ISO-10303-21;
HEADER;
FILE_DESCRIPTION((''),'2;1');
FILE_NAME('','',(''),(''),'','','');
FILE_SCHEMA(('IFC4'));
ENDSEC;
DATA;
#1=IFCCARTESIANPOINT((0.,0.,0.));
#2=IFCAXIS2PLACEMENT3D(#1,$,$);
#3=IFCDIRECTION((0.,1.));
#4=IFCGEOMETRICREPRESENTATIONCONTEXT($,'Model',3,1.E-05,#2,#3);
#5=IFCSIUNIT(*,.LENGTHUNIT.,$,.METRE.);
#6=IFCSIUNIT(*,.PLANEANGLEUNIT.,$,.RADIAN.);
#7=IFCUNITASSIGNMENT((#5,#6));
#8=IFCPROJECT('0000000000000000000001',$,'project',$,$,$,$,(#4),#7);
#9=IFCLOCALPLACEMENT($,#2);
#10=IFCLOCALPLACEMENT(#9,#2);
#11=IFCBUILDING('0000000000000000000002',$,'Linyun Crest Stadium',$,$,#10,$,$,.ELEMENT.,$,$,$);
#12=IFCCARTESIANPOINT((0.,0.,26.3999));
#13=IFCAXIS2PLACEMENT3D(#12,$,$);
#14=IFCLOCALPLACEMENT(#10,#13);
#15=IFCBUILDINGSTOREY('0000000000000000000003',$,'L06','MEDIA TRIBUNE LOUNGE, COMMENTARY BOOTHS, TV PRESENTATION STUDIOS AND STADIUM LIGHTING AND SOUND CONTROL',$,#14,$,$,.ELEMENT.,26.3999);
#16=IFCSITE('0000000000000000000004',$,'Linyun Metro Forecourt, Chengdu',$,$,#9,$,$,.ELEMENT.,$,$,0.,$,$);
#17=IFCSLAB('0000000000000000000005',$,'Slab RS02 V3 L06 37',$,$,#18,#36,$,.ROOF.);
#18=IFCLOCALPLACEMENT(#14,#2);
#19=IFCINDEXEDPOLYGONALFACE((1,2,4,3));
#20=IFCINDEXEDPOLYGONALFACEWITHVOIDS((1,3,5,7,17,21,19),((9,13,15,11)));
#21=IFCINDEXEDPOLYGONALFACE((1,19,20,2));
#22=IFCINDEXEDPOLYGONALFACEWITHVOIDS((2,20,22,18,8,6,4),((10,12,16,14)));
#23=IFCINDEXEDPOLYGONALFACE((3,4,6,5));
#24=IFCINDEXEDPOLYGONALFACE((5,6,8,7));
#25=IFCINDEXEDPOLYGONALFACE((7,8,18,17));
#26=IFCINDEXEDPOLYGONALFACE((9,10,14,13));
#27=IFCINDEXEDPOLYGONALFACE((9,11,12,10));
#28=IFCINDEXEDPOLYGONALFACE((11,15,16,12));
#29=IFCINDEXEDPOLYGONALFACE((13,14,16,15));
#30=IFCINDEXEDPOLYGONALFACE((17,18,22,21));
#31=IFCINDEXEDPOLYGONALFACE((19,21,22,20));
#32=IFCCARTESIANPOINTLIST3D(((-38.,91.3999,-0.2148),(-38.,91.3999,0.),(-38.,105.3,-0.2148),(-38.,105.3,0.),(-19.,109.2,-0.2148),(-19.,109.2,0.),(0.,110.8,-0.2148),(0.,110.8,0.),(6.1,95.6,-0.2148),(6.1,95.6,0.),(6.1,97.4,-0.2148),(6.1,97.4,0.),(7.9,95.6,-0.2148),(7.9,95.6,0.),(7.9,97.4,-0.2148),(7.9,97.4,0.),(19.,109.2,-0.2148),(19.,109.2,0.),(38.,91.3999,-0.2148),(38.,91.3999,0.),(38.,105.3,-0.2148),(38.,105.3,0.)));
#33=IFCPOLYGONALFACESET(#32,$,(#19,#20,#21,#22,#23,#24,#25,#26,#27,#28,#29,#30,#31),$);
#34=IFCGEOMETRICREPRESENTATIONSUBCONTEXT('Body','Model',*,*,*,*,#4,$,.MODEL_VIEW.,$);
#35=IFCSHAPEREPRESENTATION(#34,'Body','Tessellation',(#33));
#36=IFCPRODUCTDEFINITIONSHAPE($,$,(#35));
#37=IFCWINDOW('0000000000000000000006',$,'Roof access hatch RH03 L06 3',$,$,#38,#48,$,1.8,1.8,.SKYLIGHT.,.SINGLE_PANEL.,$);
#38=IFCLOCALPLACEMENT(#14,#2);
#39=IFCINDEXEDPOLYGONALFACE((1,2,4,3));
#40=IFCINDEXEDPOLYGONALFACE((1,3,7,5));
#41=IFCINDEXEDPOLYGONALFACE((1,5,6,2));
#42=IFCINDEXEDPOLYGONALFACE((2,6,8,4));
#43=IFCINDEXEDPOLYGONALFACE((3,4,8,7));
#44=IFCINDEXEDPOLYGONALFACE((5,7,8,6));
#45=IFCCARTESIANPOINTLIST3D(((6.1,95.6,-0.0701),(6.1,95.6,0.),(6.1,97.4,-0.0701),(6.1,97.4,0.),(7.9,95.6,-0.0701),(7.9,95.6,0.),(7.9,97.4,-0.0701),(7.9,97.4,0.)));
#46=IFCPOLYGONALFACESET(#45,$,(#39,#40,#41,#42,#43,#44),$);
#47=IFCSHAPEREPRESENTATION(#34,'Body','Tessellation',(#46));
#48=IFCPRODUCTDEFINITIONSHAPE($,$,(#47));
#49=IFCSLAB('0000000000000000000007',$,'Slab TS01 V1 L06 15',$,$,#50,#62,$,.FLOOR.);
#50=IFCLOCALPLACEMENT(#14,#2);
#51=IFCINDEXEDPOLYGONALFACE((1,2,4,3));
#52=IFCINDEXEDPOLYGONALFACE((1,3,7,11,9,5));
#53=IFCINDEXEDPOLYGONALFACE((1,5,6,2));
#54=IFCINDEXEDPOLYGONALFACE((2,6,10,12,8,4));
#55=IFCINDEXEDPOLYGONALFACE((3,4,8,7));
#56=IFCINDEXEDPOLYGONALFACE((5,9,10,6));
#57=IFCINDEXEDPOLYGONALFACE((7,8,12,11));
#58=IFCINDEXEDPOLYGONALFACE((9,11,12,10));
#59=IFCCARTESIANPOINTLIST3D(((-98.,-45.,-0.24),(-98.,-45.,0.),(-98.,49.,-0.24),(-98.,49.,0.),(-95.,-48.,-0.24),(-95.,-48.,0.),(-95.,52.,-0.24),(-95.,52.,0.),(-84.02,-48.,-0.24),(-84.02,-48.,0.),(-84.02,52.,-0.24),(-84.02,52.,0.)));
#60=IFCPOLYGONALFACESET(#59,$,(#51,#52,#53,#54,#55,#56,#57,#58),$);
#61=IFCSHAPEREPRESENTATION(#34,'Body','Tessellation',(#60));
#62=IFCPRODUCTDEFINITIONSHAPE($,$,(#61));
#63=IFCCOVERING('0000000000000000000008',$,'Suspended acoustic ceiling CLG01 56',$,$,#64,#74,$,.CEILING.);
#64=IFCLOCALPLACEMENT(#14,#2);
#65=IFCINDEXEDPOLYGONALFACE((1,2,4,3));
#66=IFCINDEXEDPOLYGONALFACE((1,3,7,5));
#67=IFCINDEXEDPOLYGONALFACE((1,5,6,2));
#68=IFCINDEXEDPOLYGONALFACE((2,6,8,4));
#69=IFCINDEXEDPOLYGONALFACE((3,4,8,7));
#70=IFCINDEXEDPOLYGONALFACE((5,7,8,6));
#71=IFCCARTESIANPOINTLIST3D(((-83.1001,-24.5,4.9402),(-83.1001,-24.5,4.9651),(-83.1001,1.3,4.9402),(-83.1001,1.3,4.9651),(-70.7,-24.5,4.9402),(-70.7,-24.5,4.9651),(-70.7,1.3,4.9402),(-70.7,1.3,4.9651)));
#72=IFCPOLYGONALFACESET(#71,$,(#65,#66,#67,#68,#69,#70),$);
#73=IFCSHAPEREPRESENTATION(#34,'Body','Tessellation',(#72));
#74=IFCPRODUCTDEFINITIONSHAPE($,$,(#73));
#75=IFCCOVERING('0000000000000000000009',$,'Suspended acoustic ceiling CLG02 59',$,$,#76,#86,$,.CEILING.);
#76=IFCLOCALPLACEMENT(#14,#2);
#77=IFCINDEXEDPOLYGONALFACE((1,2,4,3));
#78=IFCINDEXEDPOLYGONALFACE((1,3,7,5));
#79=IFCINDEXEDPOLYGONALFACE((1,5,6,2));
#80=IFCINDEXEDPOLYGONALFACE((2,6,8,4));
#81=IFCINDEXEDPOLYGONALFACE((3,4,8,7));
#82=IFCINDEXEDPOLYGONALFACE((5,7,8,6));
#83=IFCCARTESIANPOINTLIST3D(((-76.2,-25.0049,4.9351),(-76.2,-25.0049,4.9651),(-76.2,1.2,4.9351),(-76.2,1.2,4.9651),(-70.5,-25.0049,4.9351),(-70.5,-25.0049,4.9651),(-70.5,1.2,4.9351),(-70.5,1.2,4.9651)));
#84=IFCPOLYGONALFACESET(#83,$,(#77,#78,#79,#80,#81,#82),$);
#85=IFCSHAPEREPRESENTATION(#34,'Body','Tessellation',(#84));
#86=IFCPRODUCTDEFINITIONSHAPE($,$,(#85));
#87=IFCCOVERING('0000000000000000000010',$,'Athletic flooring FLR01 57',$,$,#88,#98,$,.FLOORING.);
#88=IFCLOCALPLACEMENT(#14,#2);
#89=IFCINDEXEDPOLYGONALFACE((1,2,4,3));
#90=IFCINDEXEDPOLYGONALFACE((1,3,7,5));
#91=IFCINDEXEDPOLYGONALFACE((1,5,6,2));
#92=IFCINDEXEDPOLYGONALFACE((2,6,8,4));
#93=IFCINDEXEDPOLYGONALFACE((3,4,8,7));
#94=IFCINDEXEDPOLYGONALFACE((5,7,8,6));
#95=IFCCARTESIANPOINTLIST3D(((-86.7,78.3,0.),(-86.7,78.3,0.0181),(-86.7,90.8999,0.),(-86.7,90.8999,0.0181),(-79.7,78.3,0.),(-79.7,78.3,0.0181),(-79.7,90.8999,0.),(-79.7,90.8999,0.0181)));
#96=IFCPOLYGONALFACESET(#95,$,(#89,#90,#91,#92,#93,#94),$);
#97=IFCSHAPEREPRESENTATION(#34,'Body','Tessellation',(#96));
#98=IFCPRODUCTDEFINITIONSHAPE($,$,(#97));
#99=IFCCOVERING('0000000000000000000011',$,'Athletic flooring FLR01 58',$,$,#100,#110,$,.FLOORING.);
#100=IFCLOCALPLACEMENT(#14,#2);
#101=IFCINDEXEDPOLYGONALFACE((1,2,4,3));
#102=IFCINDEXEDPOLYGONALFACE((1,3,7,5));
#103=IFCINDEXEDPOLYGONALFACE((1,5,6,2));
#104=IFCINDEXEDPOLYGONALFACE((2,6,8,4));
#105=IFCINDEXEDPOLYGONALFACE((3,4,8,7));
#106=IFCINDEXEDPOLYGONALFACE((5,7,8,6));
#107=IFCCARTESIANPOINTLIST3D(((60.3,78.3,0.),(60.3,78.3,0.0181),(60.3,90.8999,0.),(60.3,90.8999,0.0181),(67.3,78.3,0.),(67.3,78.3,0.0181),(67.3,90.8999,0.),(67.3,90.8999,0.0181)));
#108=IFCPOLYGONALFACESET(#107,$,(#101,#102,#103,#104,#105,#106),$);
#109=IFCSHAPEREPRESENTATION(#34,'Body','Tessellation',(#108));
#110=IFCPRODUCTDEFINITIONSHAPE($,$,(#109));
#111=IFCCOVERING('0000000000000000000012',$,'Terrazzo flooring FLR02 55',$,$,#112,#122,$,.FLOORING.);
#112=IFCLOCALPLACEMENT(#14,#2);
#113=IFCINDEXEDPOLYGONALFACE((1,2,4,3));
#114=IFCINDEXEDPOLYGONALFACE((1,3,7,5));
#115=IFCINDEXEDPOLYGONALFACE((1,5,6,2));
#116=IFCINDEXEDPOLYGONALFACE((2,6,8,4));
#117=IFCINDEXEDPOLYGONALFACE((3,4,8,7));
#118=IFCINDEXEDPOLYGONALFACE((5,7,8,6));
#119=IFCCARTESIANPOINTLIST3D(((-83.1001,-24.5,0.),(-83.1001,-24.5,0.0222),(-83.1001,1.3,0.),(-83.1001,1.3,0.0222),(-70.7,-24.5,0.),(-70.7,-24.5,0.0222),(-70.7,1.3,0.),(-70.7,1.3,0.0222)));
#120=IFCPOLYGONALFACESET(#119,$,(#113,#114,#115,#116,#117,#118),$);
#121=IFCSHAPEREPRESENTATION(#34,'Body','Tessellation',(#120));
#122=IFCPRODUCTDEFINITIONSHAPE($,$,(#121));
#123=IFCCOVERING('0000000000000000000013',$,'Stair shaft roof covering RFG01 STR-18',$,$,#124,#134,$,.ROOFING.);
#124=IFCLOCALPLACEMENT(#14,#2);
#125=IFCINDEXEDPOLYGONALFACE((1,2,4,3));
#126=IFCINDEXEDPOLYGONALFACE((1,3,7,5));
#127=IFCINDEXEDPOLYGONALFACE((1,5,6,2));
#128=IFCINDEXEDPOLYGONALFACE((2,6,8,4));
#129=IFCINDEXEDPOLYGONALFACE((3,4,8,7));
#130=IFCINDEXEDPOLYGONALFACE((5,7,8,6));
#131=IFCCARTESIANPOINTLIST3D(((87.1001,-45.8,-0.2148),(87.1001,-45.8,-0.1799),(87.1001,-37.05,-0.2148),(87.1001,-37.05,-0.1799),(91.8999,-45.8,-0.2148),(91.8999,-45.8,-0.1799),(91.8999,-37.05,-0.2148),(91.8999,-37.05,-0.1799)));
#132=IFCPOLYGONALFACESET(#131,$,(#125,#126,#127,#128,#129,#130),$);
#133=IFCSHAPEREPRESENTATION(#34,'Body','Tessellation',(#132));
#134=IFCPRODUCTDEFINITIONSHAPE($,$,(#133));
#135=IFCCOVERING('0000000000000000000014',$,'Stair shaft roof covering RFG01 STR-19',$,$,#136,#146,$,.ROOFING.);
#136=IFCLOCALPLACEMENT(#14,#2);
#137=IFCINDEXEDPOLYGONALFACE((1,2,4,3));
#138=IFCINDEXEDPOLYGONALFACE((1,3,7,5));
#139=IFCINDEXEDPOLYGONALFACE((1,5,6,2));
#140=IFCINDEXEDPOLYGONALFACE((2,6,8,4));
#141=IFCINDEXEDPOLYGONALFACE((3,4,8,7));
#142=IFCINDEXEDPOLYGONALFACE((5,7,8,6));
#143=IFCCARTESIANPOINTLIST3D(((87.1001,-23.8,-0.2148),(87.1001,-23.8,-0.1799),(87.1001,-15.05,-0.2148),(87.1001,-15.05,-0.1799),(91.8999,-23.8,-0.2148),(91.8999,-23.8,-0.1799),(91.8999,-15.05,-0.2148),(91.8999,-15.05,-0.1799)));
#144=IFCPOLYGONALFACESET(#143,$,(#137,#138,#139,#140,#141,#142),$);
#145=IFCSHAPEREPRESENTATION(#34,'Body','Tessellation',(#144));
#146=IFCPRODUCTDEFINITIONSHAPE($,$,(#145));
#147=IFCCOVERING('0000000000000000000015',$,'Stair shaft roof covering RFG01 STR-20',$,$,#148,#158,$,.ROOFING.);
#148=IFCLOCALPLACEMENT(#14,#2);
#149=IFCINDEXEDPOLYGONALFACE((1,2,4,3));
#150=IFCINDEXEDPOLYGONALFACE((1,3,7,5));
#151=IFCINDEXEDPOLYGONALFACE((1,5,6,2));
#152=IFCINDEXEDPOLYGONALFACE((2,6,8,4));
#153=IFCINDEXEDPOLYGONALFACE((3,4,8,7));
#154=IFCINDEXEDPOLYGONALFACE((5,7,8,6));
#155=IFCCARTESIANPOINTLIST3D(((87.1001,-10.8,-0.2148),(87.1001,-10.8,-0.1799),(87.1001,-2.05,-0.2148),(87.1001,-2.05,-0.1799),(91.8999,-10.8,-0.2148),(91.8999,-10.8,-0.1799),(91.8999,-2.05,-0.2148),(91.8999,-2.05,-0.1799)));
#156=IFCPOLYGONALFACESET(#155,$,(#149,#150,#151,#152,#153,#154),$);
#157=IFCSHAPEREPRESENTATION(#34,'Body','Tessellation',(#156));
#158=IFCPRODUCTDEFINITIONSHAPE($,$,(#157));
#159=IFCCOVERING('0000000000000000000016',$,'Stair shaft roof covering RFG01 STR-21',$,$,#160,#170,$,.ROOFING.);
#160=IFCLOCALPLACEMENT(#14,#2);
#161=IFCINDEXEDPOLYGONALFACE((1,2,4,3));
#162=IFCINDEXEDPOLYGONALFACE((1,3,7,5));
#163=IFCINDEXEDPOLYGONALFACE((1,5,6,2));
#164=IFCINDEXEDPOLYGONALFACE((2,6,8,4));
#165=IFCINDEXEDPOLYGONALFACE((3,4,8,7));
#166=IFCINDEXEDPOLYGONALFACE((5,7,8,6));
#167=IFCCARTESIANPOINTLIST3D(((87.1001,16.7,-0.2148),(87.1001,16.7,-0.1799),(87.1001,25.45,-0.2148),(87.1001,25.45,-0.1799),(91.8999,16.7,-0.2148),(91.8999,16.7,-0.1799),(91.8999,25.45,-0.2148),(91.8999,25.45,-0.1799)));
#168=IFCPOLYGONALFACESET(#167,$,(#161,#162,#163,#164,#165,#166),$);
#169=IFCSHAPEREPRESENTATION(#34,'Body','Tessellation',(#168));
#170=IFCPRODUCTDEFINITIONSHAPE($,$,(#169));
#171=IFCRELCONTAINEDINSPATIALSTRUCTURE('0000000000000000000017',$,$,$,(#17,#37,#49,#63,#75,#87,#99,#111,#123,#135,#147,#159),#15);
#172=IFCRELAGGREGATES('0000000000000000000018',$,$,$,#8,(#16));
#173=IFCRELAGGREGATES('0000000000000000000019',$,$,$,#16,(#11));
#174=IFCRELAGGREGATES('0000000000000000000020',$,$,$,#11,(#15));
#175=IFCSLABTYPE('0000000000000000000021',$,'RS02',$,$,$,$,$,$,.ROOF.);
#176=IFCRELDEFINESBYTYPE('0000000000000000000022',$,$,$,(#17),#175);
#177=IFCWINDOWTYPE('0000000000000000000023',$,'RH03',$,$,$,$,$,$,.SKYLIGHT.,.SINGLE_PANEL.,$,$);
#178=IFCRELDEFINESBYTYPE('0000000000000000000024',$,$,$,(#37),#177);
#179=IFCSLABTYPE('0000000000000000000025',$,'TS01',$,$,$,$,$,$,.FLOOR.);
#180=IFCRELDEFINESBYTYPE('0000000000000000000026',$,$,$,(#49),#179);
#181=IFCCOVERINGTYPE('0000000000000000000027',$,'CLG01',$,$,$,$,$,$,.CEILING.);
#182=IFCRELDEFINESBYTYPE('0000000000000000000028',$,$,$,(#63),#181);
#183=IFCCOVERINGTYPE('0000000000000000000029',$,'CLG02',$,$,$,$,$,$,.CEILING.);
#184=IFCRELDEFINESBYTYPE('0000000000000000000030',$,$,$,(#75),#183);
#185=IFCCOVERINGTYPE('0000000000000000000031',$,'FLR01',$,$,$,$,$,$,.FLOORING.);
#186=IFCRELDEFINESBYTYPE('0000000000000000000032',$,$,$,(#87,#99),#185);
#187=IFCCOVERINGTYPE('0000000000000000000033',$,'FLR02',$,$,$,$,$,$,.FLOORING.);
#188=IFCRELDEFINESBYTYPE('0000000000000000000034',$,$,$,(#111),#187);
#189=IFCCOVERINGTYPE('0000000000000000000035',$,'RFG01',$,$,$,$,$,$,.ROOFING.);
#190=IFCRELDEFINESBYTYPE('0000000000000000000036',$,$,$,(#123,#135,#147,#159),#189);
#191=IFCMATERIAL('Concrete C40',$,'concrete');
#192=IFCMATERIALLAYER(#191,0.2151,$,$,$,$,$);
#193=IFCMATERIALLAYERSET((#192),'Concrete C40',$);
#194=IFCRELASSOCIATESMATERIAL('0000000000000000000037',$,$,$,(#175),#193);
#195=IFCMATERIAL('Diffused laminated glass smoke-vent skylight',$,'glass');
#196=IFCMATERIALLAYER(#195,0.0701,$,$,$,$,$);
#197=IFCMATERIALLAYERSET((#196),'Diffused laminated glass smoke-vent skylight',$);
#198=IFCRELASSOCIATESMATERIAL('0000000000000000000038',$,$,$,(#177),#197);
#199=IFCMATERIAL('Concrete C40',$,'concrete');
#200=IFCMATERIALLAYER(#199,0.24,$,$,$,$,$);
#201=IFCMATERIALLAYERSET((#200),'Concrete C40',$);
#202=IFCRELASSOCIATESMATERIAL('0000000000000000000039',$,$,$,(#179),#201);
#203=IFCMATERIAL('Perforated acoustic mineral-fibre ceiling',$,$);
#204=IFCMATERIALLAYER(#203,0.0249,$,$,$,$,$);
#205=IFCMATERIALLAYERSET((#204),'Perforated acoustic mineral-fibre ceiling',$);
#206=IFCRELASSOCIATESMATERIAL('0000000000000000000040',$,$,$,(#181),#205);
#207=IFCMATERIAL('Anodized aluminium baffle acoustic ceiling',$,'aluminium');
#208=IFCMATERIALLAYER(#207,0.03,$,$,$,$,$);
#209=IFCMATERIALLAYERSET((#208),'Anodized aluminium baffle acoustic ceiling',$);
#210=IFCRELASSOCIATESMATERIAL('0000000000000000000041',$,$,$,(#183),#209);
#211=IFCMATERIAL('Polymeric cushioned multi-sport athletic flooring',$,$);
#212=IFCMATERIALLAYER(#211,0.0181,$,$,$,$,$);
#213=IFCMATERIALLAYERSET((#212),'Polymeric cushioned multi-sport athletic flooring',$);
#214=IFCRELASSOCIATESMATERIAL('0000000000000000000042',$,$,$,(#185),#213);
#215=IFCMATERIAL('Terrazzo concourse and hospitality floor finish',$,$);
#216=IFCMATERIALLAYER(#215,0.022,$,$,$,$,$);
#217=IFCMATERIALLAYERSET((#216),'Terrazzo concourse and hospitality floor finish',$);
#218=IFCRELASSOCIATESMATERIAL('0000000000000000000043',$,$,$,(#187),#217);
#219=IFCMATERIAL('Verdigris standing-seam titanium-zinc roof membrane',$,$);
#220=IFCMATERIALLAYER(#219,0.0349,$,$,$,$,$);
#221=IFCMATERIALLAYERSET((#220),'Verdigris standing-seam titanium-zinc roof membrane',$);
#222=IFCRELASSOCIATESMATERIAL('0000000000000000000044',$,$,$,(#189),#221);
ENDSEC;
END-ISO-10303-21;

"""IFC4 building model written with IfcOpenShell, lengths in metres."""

from ifc_helpers import new_model, si_unit, direction, frame, origin, origin_2d, place, context, subcontext, project, spatial, polyline, rectangle, outline, extrude, material, layer, layer_set, type_object, element, fill, save


model = new_model("IFC4")

# Units and contexts
model_context = context("Model", 3, precision=1e-05, world=origin(), true_north=direction((0.0, 1.0)))
body_context = subcontext(model_context, "Body", "Model", "MODEL_VIEW")
ifc_project = project(units=[si_unit("LENGTHUNIT", "METRE"), si_unit("PLANEANGLEUNIT", "RADIAN")], contexts=[model_context])

# Site, building, storey
site_placement = place(None, origin())
site = spatial("IfcSite", under=ifc_project, at=site_placement, Name="Linyun Metro Forecourt, Chengdu", CompositionType="ELEMENT", RefElevation=0.0)
building_placement = place(site_placement, origin())
building = spatial("IfcBuilding", under=site, at=building_placement, Name="Linyun Crest Stadium", CompositionType="ELEMENT")
storey_placement = place(building_placement, frame((0.0, 0.0, 26.3999)))
storey = spatial("IfcBuildingStorey", under=building, at=storey_placement, Name="L06", Description="MEDIA TRIBUNE LOUNGE, COMMENTARY BOOTHS, TV PRESENTATION STUDIOS AND STADIUM LIGHTING AND SOUND CONTROL", CompositionType="ELEMENT", Elevation=26.3999)

# Slab, opening, window
ifc_material_1 = material(Name="Concrete C40", Category="concrete")
ifc_layer_1 = layer(ifc_material_1, 0.2151)
ifc_layer_set_1 = layer_set([ifc_layer_1], Name="Concrete C40")
slab_type_1 = type_object("IfcSlabType", Name="RS02", PredefinedType="ROOF", material=ifc_layer_set_1)
slab_1_placement = place(storey_placement, frame((0.0, 0.0, -0.2148)))
slab_1 = element("IfcSlab", 1, at=slab_1_placement, inside=storey, type_object=slab_type_1, Name="Slab RS02 V3 L06 37", PredefinedType="ROOF", context=body_context, shape_type="SweptSolid", body=[
    extrude(outline(polyline([(-38.0, 91.3999), (38.0, 91.3999), (38.0, 105.3), (19.0, 109.2), (0.0, 110.8), (-19.0, 109.2), (-38.0, 105.3), (-38.0, 91.3999)])), origin(), (0.0, 0.0, 1.0), 0.2148),
])
opening_1_placement = place(slab_1_placement, frame((7.0, 96.5, 0.0)))
opening_1 = element("IfcOpeningElement", 2, at=opening_1_placement, cuts=slab_1, PredefinedType="OPENING", context=body_context, shape_type="SweptSolid", body=[
    extrude(rectangle(XDim=1.8, YDim=1.8, at=origin_2d()), origin(), (0.0, 0.0, 1.0), 0.2148),
])
ifc_material_2 = material(Name="Diffused laminated glass smoke-vent skylight", Category="glass")
ifc_layer_2 = layer(ifc_material_2, 0.0701)
ifc_layer_set_2 = layer_set([ifc_layer_2], Name="Diffused laminated glass smoke-vent skylight")
window_type_1 = type_object("IfcWindowType", Name="RH03", PartitioningType="SINGLE_PANEL", PredefinedType="SKYLIGHT", material=ifc_layer_set_2)
window_1_placement = place(opening_1_placement, frame((0.0, 0.0, 0.1448)))
window_1 = element("IfcWindow", 3, at=window_1_placement, inside=storey, type_object=window_type_1, Name="Roof access hatch RH03 L06 3", OverallHeight=1.8, OverallWidth=1.8, PartitioningType="SINGLE_PANEL", PredefinedType="SKYLIGHT", context=body_context, shape_type="SweptSolid", body=[
    extrude(rectangle(XDim=1.8, YDim=1.8, at=origin_2d()), origin(), (0.0, 0.0, 1.0), 0.0701),
])
fill(opening_1, window_1)

# Slab
ifc_material_3 = material(Name="Concrete C40", Category="concrete")
ifc_layer_3 = layer(ifc_material_3, 0.24)
ifc_layer_set_3 = layer_set([ifc_layer_3], Name="Concrete C40")
slab_type_2 = type_object("IfcSlabType", Name="TS01", PredefinedType="FLOOR", material=ifc_layer_set_3)
slab_2_placement = place(storey_placement, frame((0.0, 0.0, -0.24)))
element("IfcSlab", 4, at=slab_2_placement, inside=storey, type_object=slab_type_2, Name="Slab TS01 V1 L06 15", PredefinedType="FLOOR", context=body_context, shape_type="SweptSolid", body=[
    extrude(outline(polyline([(-95.0, -48.0), (-84.02, -48.0), (-84.02, 52.0), (-95.0, 52.0), (-98.0, 49.0), (-98.0, -45.0), (-95.0, -48.0)])), origin(), (0.0, 0.0, 1.0), 0.24),
])

# Coverings
ifc_material_4 = material(Name="Perforated acoustic mineral-fibre ceiling")
ifc_layer_4 = layer(ifc_material_4, 0.0249)
ifc_layer_set_4 = layer_set([ifc_layer_4], Name="Perforated acoustic mineral-fibre ceiling")
covering_type_1 = type_object("IfcCoveringType", Name="CLG01", PredefinedType="CEILING", material=ifc_layer_set_4)
covering_1_placement = place(storey_placement, frame((0.0, 0.0, 4.9402)))
element("IfcCovering", 5, at=covering_1_placement, inside=storey, type_object=covering_type_1, Name="Suspended acoustic ceiling CLG01 56", PredefinedType="CEILING", context=body_context, shape_type="SweptSolid", body=[
    extrude(outline(polyline([(-83.1001, -24.5), (-70.7, -24.5), (-70.7, 1.3), (-83.1001, 1.3), (-83.1001, -24.5)])), origin(), (0.0, 0.0, 1.0), 0.0249),
])
ifc_material_5 = material(Name="Anodized aluminium baffle acoustic ceiling", Category="aluminium")
ifc_layer_5 = layer(ifc_material_5, 0.03)
ifc_layer_set_5 = layer_set([ifc_layer_5], Name="Anodized aluminium baffle acoustic ceiling")
covering_type_2 = type_object("IfcCoveringType", Name="CLG02", PredefinedType="CEILING", material=ifc_layer_set_5)
covering_2_placement = place(storey_placement, frame((0.0, 0.0, 4.9351)))
element("IfcCovering", 6, at=covering_2_placement, inside=storey, type_object=covering_type_2, Name="Suspended acoustic ceiling CLG02 59", PredefinedType="CEILING", context=body_context, shape_type="SweptSolid", body=[
    extrude(outline(polyline([(-76.2, -25.0049), (-70.5, -25.0049), (-70.5, 1.2), (-76.2, 1.2), (-76.2, -25.0049)])), origin(), (0.0, 0.0, 1.0), 0.03),
])
ifc_material_6 = material(Name="Polymeric cushioned multi-sport athletic flooring")
ifc_layer_6 = layer(ifc_material_6, 0.0181)
ifc_layer_set_6 = layer_set([ifc_layer_6], Name="Polymeric cushioned multi-sport athletic flooring")
covering_type_3 = type_object("IfcCoveringType", Name="FLR01", PredefinedType="FLOORING", material=ifc_layer_set_6)
covering_3_placement = place(storey_placement, origin())
element("IfcCovering", 7, at=covering_3_placement, inside=storey, type_object=covering_type_3, Name="Athletic flooring FLR01 57", PredefinedType="FLOORING", context=body_context, shape_type="SweptSolid", body=[
    extrude(outline(polyline([(-86.7, 78.3), (-79.7, 78.3), (-79.7, 90.8999), (-86.7, 90.8999), (-86.7, 78.3)])), origin(), (0.0, 0.0, 1.0), 0.0181),
])
covering_4_placement = place(storey_placement, origin())
element("IfcCovering", 8, at=covering_4_placement, inside=storey, type_object=covering_type_3, Name="Athletic flooring FLR01 58", PredefinedType="FLOORING", context=body_context, shape_type="SweptSolid", body=[
    extrude(outline(polyline([(60.3, 78.3), (67.3, 78.3), (67.3, 90.8999), (60.3, 90.8999), (60.3, 78.3)])), origin(), (0.0, 0.0, 1.0), 0.0181),
])
ifc_material_7 = material(Name="Terrazzo concourse and hospitality floor finish")
ifc_layer_7 = layer(ifc_material_7, 0.022)
ifc_layer_set_7 = layer_set([ifc_layer_7], Name="Terrazzo concourse and hospitality floor finish")
covering_type_4 = type_object("IfcCoveringType", Name="FLR02", PredefinedType="FLOORING", material=ifc_layer_set_7)
covering_5_placement = place(storey_placement, origin())
element("IfcCovering", 9, at=covering_5_placement, inside=storey, type_object=covering_type_4, Name="Terrazzo flooring FLR02 55", PredefinedType="FLOORING", context=body_context, shape_type="SweptSolid", body=[
    extrude(outline(polyline([(-83.1001, -24.5), (-70.7, -24.5), (-70.7, 1.3), (-83.1001, 1.3), (-83.1001, -24.5)])), origin(), (0.0, 0.0, 1.0), 0.0222),
])
ifc_material_8 = material(Name="Verdigris standing-seam titanium-zinc roof membrane")
ifc_layer_8 = layer(ifc_material_8, 0.0349)
ifc_layer_set_8 = layer_set([ifc_layer_8], Name="Verdigris standing-seam titanium-zinc roof membrane")
covering_type_5 = type_object("IfcCoveringType", Name="RFG01", PredefinedType="ROOFING", material=ifc_layer_set_8)
covering_6_placement = place(storey_placement, frame((0.0, 0.0, -0.2148)))
element("IfcCovering", 10, at=covering_6_placement, inside=storey, type_object=covering_type_5, Name="Stair shaft roof covering RFG01 STR-18", PredefinedType="ROOFING", context=body_context, shape_type="SweptSolid", body=[
    extrude(outline(polyline([(87.1001, -45.8), (91.8999, -45.8), (91.8999, -37.05), (87.1001, -37.05), (87.1001, -45.8)])), origin(), (0.0, 0.0, 1.0), 0.0349),
])
covering_7_placement = place(storey_placement, frame((0.0, 0.0, -0.2148)))
element("IfcCovering", 11, at=covering_7_placement, inside=storey, type_object=covering_type_5, Name="Stair shaft roof covering RFG01 STR-19", PredefinedType="ROOFING", context=body_context, shape_type="SweptSolid", body=[
    extrude(outline(polyline([(87.1001, -23.8), (91.8999, -23.8), (91.8999, -15.05), (87.1001, -15.05), (87.1001, -23.8)])), origin(), (0.0, 0.0, 1.0), 0.0349),
])
covering_8_placement = place(storey_placement, frame((0.0, 0.0, -0.2148)))
element("IfcCovering", 12, at=covering_8_placement, inside=storey, type_object=covering_type_5, Name="Stair shaft roof covering RFG01 STR-20", PredefinedType="ROOFING", context=body_context, shape_type="SweptSolid", body=[
    extrude(outline(polyline([(87.1001, -10.8), (91.8999, -10.8), (91.8999, -2.05), (87.1001, -2.05), (87.1001, -10.8)])), origin(), (0.0, 0.0, 1.0), 0.0349),
])
covering_9_placement = place(storey_placement, frame((0.0, 0.0, -0.2148)))
element("IfcCovering", 13, at=covering_9_placement, inside=storey, type_object=covering_type_5, Name="Stair shaft roof covering RFG01 STR-21", PredefinedType="ROOFING", context=body_context, shape_type="SweptSolid", body=[
    extrude(outline(polyline([(87.1001, 16.7), (91.8999, 16.7), (91.8999, 25.45), (87.1001, 25.45), (87.1001, 16.7)])), origin(), (0.0, 0.0, 1.0), 0.0349),
])

save(model, "model.ifc")
